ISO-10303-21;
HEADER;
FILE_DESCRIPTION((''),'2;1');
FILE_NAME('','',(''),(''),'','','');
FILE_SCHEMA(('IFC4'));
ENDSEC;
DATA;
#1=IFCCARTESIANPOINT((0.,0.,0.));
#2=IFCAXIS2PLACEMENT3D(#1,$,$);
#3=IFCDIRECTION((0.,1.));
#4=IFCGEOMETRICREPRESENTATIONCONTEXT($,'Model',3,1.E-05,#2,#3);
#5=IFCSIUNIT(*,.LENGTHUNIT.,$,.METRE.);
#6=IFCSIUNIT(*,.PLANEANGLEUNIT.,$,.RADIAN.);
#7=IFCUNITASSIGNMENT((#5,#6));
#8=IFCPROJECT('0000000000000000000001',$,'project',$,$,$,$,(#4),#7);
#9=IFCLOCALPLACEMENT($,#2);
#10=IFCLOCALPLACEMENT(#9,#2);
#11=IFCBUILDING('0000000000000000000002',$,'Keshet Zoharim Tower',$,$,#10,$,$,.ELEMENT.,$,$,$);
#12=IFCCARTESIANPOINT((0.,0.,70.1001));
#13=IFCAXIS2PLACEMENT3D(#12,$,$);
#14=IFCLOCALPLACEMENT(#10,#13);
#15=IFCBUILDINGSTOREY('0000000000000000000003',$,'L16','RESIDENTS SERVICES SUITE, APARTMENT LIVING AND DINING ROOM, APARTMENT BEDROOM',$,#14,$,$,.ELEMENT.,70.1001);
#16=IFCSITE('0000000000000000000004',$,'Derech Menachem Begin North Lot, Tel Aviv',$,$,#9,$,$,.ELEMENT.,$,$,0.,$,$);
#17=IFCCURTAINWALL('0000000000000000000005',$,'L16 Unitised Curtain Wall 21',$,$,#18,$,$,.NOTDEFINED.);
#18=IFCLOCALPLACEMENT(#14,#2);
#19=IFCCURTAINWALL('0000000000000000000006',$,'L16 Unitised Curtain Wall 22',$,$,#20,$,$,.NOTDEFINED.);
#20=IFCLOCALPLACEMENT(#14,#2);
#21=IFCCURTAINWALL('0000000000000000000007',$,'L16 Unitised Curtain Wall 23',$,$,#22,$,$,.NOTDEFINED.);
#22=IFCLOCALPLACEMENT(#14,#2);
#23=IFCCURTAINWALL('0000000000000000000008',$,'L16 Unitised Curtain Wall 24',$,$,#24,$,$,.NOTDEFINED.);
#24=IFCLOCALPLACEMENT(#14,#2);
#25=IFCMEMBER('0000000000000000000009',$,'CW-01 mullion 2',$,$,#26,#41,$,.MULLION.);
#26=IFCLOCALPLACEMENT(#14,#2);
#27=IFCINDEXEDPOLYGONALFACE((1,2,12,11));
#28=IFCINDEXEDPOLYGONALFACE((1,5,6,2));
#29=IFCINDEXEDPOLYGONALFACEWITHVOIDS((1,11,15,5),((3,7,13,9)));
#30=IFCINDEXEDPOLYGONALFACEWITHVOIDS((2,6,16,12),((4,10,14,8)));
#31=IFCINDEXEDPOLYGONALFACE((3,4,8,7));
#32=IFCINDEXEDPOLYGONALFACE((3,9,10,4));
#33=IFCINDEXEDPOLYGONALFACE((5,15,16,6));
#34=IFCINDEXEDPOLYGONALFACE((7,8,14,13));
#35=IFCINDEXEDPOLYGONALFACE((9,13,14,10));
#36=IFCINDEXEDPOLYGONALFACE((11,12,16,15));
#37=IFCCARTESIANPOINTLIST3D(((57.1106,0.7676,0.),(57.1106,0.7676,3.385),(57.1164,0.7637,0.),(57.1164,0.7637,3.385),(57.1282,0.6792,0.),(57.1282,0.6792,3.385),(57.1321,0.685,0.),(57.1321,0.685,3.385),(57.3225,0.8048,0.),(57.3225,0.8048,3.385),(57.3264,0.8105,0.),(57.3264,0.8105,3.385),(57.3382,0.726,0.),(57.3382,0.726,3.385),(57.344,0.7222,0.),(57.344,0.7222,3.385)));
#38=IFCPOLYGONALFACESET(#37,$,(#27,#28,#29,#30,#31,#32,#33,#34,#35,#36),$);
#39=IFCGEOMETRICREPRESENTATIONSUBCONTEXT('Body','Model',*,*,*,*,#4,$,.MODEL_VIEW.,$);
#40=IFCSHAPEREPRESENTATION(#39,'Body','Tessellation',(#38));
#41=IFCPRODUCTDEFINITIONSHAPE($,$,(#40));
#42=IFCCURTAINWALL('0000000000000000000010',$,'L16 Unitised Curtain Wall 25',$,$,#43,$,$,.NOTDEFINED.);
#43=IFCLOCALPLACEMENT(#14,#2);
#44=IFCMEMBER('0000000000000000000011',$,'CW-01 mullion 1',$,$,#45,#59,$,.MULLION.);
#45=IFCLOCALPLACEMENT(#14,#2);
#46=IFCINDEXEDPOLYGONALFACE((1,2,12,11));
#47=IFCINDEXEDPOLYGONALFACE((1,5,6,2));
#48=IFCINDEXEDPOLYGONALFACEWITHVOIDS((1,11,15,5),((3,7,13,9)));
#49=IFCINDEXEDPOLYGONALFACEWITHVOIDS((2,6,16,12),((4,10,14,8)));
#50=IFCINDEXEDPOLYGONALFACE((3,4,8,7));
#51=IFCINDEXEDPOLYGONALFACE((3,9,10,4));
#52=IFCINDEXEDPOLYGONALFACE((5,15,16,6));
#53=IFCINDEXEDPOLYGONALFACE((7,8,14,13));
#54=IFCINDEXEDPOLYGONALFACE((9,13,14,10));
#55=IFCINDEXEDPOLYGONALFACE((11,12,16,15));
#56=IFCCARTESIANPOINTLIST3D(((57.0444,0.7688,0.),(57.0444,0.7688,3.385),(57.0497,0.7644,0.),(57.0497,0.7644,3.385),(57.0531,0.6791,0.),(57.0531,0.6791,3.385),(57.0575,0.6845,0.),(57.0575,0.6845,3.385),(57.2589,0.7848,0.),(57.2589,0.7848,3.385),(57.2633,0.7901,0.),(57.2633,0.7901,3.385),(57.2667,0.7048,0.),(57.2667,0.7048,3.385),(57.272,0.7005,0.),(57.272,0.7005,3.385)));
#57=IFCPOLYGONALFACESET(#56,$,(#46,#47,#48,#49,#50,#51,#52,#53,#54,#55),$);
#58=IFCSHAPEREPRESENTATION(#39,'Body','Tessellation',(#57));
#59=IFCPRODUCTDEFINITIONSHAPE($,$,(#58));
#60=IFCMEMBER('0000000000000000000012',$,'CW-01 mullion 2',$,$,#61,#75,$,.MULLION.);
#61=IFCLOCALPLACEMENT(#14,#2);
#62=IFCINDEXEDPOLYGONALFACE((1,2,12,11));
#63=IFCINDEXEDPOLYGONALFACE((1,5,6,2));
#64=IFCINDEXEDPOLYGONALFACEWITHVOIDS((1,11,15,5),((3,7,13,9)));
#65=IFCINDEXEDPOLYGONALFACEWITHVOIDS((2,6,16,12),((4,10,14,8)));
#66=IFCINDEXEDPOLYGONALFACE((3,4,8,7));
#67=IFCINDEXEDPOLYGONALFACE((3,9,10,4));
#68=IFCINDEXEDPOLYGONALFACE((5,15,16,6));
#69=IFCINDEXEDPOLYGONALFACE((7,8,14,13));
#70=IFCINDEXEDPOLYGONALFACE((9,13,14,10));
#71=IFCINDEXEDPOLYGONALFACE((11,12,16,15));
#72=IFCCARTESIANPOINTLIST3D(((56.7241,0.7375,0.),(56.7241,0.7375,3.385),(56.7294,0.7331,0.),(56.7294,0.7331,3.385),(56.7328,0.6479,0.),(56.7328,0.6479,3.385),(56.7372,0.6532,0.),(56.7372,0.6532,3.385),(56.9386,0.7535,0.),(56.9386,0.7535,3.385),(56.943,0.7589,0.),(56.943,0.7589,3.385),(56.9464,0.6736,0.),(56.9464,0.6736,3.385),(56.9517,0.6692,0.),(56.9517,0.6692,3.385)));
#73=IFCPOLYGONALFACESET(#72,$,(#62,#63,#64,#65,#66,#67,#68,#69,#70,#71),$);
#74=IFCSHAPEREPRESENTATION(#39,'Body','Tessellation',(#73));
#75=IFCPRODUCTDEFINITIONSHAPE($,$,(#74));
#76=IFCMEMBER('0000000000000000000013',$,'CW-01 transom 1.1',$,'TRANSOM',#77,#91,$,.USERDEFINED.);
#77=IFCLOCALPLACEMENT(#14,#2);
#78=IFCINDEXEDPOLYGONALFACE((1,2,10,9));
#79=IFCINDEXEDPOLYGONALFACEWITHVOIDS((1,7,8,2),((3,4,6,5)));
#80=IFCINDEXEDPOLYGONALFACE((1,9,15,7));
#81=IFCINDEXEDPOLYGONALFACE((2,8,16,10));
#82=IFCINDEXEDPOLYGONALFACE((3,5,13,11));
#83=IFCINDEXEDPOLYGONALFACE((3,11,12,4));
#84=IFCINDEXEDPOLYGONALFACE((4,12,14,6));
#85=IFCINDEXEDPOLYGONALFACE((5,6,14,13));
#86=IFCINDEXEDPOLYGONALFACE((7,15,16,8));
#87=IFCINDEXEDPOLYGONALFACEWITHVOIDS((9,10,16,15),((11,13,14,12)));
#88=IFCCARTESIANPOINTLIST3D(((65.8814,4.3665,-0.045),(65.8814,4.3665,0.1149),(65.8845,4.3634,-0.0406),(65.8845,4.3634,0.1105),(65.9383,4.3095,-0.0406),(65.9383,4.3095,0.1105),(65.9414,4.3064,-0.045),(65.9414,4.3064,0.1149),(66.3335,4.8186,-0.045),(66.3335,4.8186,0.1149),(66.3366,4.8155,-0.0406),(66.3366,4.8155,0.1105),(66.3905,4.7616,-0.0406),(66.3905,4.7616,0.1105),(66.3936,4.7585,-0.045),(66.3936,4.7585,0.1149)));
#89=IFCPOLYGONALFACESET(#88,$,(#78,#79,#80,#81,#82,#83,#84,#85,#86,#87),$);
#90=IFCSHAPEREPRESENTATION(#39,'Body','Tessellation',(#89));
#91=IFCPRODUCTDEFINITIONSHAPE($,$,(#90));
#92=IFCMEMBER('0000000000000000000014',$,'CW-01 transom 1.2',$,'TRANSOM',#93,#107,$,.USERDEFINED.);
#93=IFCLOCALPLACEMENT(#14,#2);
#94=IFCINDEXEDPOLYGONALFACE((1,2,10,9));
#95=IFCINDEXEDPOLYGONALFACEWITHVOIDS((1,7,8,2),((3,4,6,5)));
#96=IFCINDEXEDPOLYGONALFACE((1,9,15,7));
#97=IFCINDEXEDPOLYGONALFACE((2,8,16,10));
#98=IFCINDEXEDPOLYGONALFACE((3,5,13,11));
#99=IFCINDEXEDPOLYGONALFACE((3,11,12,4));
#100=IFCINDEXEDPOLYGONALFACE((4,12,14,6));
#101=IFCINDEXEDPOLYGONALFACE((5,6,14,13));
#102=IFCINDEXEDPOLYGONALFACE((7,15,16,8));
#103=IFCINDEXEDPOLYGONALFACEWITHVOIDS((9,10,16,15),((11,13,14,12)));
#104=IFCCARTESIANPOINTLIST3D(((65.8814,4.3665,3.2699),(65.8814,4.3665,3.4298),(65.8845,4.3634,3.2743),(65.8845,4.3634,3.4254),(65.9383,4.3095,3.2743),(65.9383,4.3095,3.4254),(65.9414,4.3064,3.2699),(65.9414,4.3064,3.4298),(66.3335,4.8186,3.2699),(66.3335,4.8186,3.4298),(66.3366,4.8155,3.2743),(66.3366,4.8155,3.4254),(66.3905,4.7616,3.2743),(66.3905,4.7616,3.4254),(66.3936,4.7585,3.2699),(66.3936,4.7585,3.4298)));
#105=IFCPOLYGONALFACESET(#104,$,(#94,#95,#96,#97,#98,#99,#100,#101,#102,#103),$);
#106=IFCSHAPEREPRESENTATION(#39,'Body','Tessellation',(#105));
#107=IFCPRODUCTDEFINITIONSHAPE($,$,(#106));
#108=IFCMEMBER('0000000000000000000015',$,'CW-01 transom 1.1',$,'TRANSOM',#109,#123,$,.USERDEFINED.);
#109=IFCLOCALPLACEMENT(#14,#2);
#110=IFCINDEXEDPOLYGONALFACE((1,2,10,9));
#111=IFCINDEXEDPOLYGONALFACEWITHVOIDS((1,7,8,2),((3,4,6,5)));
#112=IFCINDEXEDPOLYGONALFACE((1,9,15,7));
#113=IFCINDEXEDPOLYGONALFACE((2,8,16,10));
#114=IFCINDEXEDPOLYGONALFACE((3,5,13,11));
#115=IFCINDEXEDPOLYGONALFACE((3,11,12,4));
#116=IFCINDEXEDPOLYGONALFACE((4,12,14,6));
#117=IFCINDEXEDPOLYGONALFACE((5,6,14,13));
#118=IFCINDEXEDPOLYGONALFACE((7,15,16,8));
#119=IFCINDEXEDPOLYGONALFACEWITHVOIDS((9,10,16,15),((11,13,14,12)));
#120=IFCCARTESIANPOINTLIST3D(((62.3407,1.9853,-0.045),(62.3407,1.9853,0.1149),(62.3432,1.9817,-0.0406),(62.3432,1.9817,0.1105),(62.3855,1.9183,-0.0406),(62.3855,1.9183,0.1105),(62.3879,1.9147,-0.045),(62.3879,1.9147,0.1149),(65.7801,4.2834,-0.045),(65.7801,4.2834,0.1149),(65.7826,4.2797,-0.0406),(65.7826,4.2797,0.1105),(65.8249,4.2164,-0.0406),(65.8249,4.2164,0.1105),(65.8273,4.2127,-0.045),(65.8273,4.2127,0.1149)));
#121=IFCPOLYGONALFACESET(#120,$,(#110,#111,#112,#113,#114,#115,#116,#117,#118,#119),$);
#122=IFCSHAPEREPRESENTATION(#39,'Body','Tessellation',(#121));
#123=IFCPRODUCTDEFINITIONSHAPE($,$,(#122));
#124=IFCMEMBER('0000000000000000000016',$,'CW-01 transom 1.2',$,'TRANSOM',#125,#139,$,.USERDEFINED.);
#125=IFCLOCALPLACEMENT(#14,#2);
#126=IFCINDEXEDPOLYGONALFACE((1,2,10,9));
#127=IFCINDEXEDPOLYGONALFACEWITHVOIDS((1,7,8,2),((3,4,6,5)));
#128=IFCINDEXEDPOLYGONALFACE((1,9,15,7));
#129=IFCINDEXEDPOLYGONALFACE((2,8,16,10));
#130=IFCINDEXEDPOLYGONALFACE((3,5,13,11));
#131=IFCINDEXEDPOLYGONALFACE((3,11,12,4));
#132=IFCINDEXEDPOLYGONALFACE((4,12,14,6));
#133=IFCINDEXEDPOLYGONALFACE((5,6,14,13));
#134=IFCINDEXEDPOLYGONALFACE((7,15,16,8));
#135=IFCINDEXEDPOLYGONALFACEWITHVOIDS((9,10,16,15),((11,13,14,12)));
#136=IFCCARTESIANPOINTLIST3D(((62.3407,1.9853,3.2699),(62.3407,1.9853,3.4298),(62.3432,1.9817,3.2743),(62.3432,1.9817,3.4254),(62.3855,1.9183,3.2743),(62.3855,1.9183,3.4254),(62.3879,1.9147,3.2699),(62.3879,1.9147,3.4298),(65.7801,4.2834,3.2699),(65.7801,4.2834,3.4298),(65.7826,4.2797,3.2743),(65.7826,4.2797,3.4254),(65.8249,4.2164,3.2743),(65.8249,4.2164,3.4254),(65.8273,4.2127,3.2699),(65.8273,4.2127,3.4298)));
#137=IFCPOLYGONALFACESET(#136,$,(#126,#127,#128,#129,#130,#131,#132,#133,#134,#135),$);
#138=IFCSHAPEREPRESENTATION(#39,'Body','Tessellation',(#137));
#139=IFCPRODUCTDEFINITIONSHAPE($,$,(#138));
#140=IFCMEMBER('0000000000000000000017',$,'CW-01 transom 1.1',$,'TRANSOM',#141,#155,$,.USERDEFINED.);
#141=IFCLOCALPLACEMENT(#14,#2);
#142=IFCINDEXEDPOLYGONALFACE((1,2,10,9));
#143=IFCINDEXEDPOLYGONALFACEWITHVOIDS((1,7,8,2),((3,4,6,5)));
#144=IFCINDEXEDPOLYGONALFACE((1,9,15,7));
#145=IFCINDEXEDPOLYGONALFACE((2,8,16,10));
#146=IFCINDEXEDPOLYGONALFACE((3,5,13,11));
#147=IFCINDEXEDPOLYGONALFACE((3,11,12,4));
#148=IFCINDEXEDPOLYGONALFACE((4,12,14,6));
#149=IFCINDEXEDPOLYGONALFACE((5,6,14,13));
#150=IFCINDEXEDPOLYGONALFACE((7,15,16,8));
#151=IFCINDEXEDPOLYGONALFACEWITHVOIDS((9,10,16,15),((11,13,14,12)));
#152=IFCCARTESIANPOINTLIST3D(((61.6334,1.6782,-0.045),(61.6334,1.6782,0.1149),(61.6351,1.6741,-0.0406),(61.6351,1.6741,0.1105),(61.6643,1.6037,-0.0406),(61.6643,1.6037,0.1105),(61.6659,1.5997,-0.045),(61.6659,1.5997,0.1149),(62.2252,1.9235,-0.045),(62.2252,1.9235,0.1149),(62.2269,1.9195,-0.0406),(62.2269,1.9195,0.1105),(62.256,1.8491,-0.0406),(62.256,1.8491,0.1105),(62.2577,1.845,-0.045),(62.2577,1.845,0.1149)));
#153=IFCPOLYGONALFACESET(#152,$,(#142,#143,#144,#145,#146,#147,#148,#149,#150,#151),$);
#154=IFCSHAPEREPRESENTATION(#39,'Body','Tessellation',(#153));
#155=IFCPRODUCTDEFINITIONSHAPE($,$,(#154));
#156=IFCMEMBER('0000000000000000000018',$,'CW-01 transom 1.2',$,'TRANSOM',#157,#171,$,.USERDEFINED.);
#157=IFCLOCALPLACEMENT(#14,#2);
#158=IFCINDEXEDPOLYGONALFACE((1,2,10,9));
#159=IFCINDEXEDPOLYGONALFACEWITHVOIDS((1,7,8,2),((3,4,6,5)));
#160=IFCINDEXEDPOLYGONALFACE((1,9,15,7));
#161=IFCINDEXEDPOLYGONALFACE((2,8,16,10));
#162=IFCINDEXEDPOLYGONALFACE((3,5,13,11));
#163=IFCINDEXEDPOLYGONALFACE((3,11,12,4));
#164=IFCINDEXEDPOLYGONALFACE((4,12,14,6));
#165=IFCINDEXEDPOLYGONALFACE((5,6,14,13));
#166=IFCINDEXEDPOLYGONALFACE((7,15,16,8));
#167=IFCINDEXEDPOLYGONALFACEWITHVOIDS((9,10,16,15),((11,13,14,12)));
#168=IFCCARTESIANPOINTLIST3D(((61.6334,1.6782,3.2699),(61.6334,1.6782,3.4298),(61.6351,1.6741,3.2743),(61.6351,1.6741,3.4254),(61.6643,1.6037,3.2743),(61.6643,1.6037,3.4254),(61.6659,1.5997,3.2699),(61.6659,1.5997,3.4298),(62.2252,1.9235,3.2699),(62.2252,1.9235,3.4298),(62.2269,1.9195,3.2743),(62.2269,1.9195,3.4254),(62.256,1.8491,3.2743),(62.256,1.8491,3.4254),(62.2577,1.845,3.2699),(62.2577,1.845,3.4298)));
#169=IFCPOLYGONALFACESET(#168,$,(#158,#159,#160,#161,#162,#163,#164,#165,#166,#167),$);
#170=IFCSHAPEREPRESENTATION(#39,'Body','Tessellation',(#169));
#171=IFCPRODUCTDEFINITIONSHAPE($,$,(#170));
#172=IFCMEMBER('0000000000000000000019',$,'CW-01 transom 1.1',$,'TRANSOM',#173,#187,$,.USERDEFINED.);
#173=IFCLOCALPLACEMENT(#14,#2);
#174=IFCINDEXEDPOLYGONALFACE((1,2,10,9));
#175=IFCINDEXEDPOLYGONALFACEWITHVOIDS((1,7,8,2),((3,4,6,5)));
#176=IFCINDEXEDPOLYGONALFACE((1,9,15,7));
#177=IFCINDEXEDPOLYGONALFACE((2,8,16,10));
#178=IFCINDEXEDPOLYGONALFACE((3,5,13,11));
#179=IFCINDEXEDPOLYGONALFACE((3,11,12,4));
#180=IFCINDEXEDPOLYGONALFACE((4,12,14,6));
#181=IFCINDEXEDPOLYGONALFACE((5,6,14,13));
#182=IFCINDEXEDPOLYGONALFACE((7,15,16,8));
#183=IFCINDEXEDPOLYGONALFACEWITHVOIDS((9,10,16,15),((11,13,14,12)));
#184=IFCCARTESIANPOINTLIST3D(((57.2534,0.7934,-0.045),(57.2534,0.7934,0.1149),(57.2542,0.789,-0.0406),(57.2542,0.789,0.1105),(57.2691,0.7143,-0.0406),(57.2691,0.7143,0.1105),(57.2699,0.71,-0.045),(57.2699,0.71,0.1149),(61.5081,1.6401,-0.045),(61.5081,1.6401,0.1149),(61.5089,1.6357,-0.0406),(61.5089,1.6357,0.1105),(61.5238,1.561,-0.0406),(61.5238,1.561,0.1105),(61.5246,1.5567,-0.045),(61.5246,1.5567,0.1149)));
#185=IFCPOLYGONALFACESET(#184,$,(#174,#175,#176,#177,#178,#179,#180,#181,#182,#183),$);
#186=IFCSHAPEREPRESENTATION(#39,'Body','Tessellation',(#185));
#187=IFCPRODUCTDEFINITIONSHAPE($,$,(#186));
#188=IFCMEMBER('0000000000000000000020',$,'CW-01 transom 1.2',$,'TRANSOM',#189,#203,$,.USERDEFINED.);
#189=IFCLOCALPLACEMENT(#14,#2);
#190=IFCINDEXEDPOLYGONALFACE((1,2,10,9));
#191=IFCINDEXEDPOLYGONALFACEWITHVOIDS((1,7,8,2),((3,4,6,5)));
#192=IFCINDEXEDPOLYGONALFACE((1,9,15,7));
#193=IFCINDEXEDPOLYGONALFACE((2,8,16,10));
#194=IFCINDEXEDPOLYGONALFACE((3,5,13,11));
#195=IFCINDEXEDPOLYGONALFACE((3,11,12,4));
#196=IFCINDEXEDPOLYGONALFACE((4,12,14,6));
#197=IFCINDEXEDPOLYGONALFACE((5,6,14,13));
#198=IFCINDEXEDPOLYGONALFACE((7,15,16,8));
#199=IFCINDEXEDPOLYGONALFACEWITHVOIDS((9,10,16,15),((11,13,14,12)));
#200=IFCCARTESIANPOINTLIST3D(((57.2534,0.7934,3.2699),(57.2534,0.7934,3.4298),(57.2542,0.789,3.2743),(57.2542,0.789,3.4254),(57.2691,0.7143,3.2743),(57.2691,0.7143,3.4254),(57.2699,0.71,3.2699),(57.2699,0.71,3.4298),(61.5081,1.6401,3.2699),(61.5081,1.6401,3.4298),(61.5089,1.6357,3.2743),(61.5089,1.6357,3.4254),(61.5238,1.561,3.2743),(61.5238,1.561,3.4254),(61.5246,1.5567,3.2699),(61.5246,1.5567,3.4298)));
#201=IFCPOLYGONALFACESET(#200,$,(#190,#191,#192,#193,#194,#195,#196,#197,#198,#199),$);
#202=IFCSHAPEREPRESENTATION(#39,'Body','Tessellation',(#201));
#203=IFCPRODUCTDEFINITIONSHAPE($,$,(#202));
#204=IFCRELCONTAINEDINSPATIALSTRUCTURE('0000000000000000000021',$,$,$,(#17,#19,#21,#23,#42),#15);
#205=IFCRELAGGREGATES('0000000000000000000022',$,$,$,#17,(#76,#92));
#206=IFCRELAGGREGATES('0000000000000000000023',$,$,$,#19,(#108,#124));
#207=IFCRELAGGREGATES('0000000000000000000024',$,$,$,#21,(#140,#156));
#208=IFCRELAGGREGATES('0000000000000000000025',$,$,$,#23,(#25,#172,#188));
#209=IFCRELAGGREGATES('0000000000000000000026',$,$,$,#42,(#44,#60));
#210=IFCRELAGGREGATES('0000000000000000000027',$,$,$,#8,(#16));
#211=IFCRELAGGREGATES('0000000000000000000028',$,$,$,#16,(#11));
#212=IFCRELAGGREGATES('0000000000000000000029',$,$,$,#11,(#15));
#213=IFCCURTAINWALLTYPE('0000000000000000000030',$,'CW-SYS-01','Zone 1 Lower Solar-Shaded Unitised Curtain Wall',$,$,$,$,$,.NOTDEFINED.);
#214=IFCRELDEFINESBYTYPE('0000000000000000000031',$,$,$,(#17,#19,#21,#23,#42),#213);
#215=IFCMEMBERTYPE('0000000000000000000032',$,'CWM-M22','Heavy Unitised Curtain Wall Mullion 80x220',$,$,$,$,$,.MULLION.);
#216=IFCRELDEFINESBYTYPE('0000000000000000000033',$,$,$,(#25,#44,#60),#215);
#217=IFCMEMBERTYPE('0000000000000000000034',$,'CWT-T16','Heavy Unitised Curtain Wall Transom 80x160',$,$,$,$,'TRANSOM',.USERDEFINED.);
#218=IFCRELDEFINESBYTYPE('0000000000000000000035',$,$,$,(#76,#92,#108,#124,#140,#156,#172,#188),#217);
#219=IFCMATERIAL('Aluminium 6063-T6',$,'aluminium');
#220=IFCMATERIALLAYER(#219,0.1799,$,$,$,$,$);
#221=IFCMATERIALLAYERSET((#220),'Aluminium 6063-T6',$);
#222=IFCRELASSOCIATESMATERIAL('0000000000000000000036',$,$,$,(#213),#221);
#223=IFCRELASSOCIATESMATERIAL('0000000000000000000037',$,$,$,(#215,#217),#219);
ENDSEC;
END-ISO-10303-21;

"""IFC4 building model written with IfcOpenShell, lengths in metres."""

from ifc_helpers import new_model, si_unit, direction, frame, origin, origin_2d, place, context, subcontext, project, spatial, hollow_rectangle, extrude, material, layer, layer_set, material_profile, profile_set, type_object, element, aggregate, save


model = new_model("IFC4")

# Units and contexts
model_context = context("Model", 3, precision=1e-05, world=origin(), true_north=direction((0.0, 1.0)))
body_context = subcontext(model_context, "Body", "Model", "MODEL_VIEW")
ifc_project = project(units=[si_unit("LENGTHUNIT", "METRE"), si_unit("PLANEANGLEUNIT", "RADIAN")], contexts=[model_context])

# Site, building, storey
site_placement = place(None, origin())
site = spatial("IfcSite", under=ifc_project, at=site_placement, Name="Derech Menachem Begin North Lot, Tel Aviv", CompositionType="ELEMENT", RefElevation=0.0)
building_placement = place(site_placement, origin())
building = spatial("IfcBuilding", under=site, at=building_placement, Name="Keshet Zoharim Tower", CompositionType="ELEMENT")
storey_placement = place(building_placement, frame((0.0, 0.0, 70.1001)))
storey = spatial("IfcBuildingStorey", under=building, at=storey_placement, Name="L16", Description="RESIDENTS SERVICES SUITE, APARTMENT LIVING AND DINING ROOM, APARTMENT BEDROOM", CompositionType="ELEMENT", Elevation=70.1001)

# Shared definitions
ifc_material_1 = material(Name="Aluminium 6063-T6", Category="aluminium")
ifc_layer_1 = layer(ifc_material_1, 0.1799)
ifc_layer_set_1 = layer_set([ifc_layer_1], Name="Aluminium 6063-T6")
curtain_wall_type = type_object("IfcCurtainWallType", Name="CW-SYS-01", Description="Zone 1 Lower Solar-Shaded Unitised Curtain Wall", PredefinedType="NOTDEFINED", material=ifc_layer_set_1)
ifc_material_profile_1 = material_profile(ifc_material_1, hollow_rectangle(XDim=0.0901, YDim=0.22, WallThickness=0.0049, at=origin_2d()), Name="MUL-90x220")
ifc_profile_set_1 = profile_set([ifc_material_profile_1], Name="Aluminium 6063-T6")
member_type_1 = type_object("IfcMemberType", Name="CWM-M22", Description="Heavy Unitised Curtain Wall Mullion 80x220", PredefinedType="MULLION", material=ifc_profile_set_1)

# Curtain walls, members
curtain_wall_1_placement = place(storey_placement, origin())
curtain_wall_1 = element("IfcCurtainWall", 1, at=curtain_wall_1_placement, inside=storey, type_object=curtain_wall_type, Name="L16 Unitised Curtain Wall 21", PredefinedType="NOTDEFINED")
curtain_wall_2_placement = place(storey_placement, origin())
curtain_wall_2 = element("IfcCurtainWall", 2, at=curtain_wall_2_placement, inside=storey, type_object=curtain_wall_type, Name="L16 Unitised Curtain Wall 22", PredefinedType="NOTDEFINED")
curtain_wall_3_placement = place(storey_placement, origin())
curtain_wall_3 = element("IfcCurtainWall", 3, at=curtain_wall_3_placement, inside=storey, type_object=curtain_wall_type, Name="L16 Unitised Curtain Wall 23", PredefinedType="NOTDEFINED")
curtain_wall_4_placement = place(storey_placement, origin())
curtain_wall_4 = element("IfcCurtainWall", 4, at=curtain_wall_4_placement, inside=storey, type_object=curtain_wall_type, Name="L16 Unitised Curtain Wall 24", PredefinedType="NOTDEFINED")
member_1_placement = place(storey_placement, frame((57.2273, 0.7449, 0.0), z_axis=(0.0, 0.0, 1.0), x_axis=(0.195171, -0.980769, 0.0)))
member_1 = element("IfcMember", 5, at=member_1_placement, type_object=member_type_1, Name="CW-01 mullion 2", PredefinedType="MULLION", context=body_context, shape_type="SweptSolid", body=[
    extrude(hollow_rectangle(XDim=0.0901, YDim=0.22, WallThickness=0.0049, at=origin_2d()), origin(), (0.0, 0.0, 1.0), 3.385),
])
curtain_wall_5_placement = place(storey_placement, origin())
curtain_wall_5 = element("IfcCurtainWall", 6, at=curtain_wall_5_placement, inside=storey, type_object=curtain_wall_type, Name="L16 Unitised Curtain Wall 25", PredefinedType="NOTDEFINED")
member_2_placement = place(storey_placement, frame((57.1582, 0.7346, 0.0), z_axis=(0.0, 0.0, 1.0), x_axis=(0.096977, -0.995287, 0.0)))
member_2 = element("IfcMember", 7, at=member_2_placement, type_object=member_type_1, Name="CW-01 mullion 1", PredefinedType="MULLION", context=body_context, shape_type="SweptSolid", body=[
    extrude(hollow_rectangle(XDim=0.0901, YDim=0.22, WallThickness=0.0049, at=origin_2d()), origin(), (0.0, 0.0, 1.0), 3.385),
])
member_3_placement = place(storey_placement, frame((56.8379, 0.7034, 0.0), z_axis=(0.0, 0.0, 1.0), x_axis=(0.096977, -0.995287, 0.0)))
member_3 = element("IfcMember", 8, at=member_3_placement, type_object=member_type_1, Name="CW-01 mullion 2", PredefinedType="MULLION", context=body_context, shape_type="SweptSolid", body=[
    extrude(hollow_rectangle(XDim=0.0901, YDim=0.22, WallThickness=0.0049, at=origin_2d()), origin(), (0.0, 0.0, 1.0), 3.385),
])

# Members
ifc_material_profile_2 = material_profile(ifc_material_1, hollow_rectangle(XDim=0.085, YDim=0.1599, WallThickness=0.0044, at=origin_2d()), Name="TRN-85x160")
ifc_profile_set_2 = profile_set([ifc_material_profile_2], Name="Aluminium 6063-T6")
member_type_2 = type_object("IfcMemberType", Name="CWT-T16", Description="Heavy Unitised Curtain Wall Transom 80x160", ElementType="TRANSOM", PredefinedType="USERDEFINED", material=ifc_profile_set_2)
member_4_placement = place(storey_placement, frame((66.3635, 4.7886, 0.0349), z_axis=(-0.707107, -0.707107, 0.0), x_axis=(0.707107, -0.707107, 0.0)))
member_4 = element("IfcMember", 9, at=member_4_placement, type_object=member_type_2, Name="CW-01 transom 1.1", ObjectType="TRANSOM", PredefinedType="USERDEFINED", context=body_context, shape_type="SweptSolid", body=[
    extrude(hollow_rectangle(XDim=0.085, YDim=0.1599, WallThickness=0.0044, at=origin_2d()), origin(), (0.0, 0.0, 1.0), 0.6394),
])
member_5_placement = place(storey_placement, frame((66.3635, 4.7886, 3.3499), z_axis=(-0.707107, -0.707107, 0.0), x_axis=(0.707107, -0.707107, 0.0)))
member_5 = element("IfcMember", 10, at=member_5_placement, type_object=member_type_2, Name="CW-01 transom 1.2", ObjectType="TRANSOM", PredefinedType="USERDEFINED", context=body_context, shape_type="SweptSolid", body=[
    extrude(hollow_rectangle(XDim=0.085, YDim=0.1599, WallThickness=0.0044, at=origin_2d()), origin(), (0.0, 0.0, 1.0), 0.6394),
])
member_6_placement = place(storey_placement, frame((65.8037, 4.248, 0.0349), z_axis=(-0.831478, -0.555558, 0.0), x_axis=(0.555558, -0.831478, 0.0)))
member_6 = element("IfcMember", 11, at=member_6_placement, type_object=member_type_2, Name="CW-01 transom 1.1", ObjectType="TRANSOM", PredefinedType="USERDEFINED", context=body_context, shape_type="SweptSolid", body=[
    extrude(hollow_rectangle(XDim=0.085, YDim=0.1599, WallThickness=0.0044, at=origin_2d()), origin(), (0.0, 0.0, 1.0), 4.1365),
])
member_7_placement = place(storey_placement, frame((65.8037, 4.248, 3.3499), z_axis=(-0.831478, -0.555558, 0.0), x_axis=(0.555558, -0.831478, 0.0)))
member_7 = element("IfcMember", 12, at=member_7_placement, type_object=member_type_2, Name="CW-01 transom 1.2", ObjectType="TRANSOM", PredefinedType="USERDEFINED", context=body_context, shape_type="SweptSolid", body=[
    extrude(hollow_rectangle(XDim=0.085, YDim=0.1599, WallThickness=0.0044, at=origin_2d()), origin(), (0.0, 0.0, 1.0), 4.1365),
])
member_8_placement = place(storey_placement, frame((62.2415, 1.8843, 0.0349), z_axis=(-0.923752, -0.382991, 0.0), x_axis=(0.382991, -0.923752, 0.0)))
member_8 = element("IfcMember", 13, at=member_8_placement, type_object=member_type_2, Name="CW-01 transom 1.1", ObjectType="TRANSOM", PredefinedType="USERDEFINED", context=body_context, shape_type="SweptSolid", body=[
    extrude(hollow_rectangle(XDim=0.085, YDim=0.1599, WallThickness=0.0044, at=origin_2d()), origin(), (0.0, 0.0, 1.0), 0.6406),
])
member_9_placement = place(storey_placement, frame((62.2415, 1.8843, 3.3499), z_axis=(-0.923752, -0.382991, 0.0), x_axis=(0.382991, -0.923752, 0.0)))
member_9 = element("IfcMember", 14, at=member_9_placement, type_object=member_type_2, Name="CW-01 transom 1.2", ObjectType="TRANSOM", PredefinedType="USERDEFINED", context=body_context, shape_type="SweptSolid", body=[
    extrude(hollow_rectangle(XDim=0.085, YDim=0.1599, WallThickness=0.0044, at=origin_2d()), origin(), (0.0, 0.0, 1.0), 0.6406),
])
member_10_placement = place(storey_placement, frame((61.5164, 1.5984, 0.0349), z_axis=(-0.980769, -0.195174, 0.0), x_axis=(0.195174, -0.980769, 0.0)))
member_10 = element("IfcMember", 15, at=member_10_placement, type_object=member_type_2, Name="CW-01 transom 1.1", ObjectType="TRANSOM", PredefinedType="USERDEFINED", context=body_context, shape_type="SweptSolid", body=[
    extrude(hollow_rectangle(XDim=0.085, YDim=0.1599, WallThickness=0.0044, at=origin_2d()), origin(), (0.0, 0.0, 1.0), 4.3381),
])
member_11_placement = place(storey_placement, frame((61.5164, 1.5984, 3.3499), z_axis=(-0.980769, -0.195174, 0.0), x_axis=(0.195174, -0.980769, 0.0)))
member_11 = element("IfcMember", 16, at=member_11_placement, type_object=member_type_2, Name="CW-01 transom 1.2", ObjectType="TRANSOM", PredefinedType="USERDEFINED", context=body_context, shape_type="SweptSolid", body=[
    extrude(hollow_rectangle(XDim=0.085, YDim=0.1599, WallThickness=0.0044, at=origin_2d()), origin(), (0.0, 0.0, 1.0), 4.3381),
])

aggregate(curtain_wall_1, [member_4, member_5])
aggregate(curtain_wall_2, [member_6, member_7])
aggregate(curtain_wall_3, [member_8, member_9])
aggregate(curtain_wall_4, [member_1, member_10, member_11])
aggregate(curtain_wall_5, [member_2, member_3])

save(model, "model.ifc")
